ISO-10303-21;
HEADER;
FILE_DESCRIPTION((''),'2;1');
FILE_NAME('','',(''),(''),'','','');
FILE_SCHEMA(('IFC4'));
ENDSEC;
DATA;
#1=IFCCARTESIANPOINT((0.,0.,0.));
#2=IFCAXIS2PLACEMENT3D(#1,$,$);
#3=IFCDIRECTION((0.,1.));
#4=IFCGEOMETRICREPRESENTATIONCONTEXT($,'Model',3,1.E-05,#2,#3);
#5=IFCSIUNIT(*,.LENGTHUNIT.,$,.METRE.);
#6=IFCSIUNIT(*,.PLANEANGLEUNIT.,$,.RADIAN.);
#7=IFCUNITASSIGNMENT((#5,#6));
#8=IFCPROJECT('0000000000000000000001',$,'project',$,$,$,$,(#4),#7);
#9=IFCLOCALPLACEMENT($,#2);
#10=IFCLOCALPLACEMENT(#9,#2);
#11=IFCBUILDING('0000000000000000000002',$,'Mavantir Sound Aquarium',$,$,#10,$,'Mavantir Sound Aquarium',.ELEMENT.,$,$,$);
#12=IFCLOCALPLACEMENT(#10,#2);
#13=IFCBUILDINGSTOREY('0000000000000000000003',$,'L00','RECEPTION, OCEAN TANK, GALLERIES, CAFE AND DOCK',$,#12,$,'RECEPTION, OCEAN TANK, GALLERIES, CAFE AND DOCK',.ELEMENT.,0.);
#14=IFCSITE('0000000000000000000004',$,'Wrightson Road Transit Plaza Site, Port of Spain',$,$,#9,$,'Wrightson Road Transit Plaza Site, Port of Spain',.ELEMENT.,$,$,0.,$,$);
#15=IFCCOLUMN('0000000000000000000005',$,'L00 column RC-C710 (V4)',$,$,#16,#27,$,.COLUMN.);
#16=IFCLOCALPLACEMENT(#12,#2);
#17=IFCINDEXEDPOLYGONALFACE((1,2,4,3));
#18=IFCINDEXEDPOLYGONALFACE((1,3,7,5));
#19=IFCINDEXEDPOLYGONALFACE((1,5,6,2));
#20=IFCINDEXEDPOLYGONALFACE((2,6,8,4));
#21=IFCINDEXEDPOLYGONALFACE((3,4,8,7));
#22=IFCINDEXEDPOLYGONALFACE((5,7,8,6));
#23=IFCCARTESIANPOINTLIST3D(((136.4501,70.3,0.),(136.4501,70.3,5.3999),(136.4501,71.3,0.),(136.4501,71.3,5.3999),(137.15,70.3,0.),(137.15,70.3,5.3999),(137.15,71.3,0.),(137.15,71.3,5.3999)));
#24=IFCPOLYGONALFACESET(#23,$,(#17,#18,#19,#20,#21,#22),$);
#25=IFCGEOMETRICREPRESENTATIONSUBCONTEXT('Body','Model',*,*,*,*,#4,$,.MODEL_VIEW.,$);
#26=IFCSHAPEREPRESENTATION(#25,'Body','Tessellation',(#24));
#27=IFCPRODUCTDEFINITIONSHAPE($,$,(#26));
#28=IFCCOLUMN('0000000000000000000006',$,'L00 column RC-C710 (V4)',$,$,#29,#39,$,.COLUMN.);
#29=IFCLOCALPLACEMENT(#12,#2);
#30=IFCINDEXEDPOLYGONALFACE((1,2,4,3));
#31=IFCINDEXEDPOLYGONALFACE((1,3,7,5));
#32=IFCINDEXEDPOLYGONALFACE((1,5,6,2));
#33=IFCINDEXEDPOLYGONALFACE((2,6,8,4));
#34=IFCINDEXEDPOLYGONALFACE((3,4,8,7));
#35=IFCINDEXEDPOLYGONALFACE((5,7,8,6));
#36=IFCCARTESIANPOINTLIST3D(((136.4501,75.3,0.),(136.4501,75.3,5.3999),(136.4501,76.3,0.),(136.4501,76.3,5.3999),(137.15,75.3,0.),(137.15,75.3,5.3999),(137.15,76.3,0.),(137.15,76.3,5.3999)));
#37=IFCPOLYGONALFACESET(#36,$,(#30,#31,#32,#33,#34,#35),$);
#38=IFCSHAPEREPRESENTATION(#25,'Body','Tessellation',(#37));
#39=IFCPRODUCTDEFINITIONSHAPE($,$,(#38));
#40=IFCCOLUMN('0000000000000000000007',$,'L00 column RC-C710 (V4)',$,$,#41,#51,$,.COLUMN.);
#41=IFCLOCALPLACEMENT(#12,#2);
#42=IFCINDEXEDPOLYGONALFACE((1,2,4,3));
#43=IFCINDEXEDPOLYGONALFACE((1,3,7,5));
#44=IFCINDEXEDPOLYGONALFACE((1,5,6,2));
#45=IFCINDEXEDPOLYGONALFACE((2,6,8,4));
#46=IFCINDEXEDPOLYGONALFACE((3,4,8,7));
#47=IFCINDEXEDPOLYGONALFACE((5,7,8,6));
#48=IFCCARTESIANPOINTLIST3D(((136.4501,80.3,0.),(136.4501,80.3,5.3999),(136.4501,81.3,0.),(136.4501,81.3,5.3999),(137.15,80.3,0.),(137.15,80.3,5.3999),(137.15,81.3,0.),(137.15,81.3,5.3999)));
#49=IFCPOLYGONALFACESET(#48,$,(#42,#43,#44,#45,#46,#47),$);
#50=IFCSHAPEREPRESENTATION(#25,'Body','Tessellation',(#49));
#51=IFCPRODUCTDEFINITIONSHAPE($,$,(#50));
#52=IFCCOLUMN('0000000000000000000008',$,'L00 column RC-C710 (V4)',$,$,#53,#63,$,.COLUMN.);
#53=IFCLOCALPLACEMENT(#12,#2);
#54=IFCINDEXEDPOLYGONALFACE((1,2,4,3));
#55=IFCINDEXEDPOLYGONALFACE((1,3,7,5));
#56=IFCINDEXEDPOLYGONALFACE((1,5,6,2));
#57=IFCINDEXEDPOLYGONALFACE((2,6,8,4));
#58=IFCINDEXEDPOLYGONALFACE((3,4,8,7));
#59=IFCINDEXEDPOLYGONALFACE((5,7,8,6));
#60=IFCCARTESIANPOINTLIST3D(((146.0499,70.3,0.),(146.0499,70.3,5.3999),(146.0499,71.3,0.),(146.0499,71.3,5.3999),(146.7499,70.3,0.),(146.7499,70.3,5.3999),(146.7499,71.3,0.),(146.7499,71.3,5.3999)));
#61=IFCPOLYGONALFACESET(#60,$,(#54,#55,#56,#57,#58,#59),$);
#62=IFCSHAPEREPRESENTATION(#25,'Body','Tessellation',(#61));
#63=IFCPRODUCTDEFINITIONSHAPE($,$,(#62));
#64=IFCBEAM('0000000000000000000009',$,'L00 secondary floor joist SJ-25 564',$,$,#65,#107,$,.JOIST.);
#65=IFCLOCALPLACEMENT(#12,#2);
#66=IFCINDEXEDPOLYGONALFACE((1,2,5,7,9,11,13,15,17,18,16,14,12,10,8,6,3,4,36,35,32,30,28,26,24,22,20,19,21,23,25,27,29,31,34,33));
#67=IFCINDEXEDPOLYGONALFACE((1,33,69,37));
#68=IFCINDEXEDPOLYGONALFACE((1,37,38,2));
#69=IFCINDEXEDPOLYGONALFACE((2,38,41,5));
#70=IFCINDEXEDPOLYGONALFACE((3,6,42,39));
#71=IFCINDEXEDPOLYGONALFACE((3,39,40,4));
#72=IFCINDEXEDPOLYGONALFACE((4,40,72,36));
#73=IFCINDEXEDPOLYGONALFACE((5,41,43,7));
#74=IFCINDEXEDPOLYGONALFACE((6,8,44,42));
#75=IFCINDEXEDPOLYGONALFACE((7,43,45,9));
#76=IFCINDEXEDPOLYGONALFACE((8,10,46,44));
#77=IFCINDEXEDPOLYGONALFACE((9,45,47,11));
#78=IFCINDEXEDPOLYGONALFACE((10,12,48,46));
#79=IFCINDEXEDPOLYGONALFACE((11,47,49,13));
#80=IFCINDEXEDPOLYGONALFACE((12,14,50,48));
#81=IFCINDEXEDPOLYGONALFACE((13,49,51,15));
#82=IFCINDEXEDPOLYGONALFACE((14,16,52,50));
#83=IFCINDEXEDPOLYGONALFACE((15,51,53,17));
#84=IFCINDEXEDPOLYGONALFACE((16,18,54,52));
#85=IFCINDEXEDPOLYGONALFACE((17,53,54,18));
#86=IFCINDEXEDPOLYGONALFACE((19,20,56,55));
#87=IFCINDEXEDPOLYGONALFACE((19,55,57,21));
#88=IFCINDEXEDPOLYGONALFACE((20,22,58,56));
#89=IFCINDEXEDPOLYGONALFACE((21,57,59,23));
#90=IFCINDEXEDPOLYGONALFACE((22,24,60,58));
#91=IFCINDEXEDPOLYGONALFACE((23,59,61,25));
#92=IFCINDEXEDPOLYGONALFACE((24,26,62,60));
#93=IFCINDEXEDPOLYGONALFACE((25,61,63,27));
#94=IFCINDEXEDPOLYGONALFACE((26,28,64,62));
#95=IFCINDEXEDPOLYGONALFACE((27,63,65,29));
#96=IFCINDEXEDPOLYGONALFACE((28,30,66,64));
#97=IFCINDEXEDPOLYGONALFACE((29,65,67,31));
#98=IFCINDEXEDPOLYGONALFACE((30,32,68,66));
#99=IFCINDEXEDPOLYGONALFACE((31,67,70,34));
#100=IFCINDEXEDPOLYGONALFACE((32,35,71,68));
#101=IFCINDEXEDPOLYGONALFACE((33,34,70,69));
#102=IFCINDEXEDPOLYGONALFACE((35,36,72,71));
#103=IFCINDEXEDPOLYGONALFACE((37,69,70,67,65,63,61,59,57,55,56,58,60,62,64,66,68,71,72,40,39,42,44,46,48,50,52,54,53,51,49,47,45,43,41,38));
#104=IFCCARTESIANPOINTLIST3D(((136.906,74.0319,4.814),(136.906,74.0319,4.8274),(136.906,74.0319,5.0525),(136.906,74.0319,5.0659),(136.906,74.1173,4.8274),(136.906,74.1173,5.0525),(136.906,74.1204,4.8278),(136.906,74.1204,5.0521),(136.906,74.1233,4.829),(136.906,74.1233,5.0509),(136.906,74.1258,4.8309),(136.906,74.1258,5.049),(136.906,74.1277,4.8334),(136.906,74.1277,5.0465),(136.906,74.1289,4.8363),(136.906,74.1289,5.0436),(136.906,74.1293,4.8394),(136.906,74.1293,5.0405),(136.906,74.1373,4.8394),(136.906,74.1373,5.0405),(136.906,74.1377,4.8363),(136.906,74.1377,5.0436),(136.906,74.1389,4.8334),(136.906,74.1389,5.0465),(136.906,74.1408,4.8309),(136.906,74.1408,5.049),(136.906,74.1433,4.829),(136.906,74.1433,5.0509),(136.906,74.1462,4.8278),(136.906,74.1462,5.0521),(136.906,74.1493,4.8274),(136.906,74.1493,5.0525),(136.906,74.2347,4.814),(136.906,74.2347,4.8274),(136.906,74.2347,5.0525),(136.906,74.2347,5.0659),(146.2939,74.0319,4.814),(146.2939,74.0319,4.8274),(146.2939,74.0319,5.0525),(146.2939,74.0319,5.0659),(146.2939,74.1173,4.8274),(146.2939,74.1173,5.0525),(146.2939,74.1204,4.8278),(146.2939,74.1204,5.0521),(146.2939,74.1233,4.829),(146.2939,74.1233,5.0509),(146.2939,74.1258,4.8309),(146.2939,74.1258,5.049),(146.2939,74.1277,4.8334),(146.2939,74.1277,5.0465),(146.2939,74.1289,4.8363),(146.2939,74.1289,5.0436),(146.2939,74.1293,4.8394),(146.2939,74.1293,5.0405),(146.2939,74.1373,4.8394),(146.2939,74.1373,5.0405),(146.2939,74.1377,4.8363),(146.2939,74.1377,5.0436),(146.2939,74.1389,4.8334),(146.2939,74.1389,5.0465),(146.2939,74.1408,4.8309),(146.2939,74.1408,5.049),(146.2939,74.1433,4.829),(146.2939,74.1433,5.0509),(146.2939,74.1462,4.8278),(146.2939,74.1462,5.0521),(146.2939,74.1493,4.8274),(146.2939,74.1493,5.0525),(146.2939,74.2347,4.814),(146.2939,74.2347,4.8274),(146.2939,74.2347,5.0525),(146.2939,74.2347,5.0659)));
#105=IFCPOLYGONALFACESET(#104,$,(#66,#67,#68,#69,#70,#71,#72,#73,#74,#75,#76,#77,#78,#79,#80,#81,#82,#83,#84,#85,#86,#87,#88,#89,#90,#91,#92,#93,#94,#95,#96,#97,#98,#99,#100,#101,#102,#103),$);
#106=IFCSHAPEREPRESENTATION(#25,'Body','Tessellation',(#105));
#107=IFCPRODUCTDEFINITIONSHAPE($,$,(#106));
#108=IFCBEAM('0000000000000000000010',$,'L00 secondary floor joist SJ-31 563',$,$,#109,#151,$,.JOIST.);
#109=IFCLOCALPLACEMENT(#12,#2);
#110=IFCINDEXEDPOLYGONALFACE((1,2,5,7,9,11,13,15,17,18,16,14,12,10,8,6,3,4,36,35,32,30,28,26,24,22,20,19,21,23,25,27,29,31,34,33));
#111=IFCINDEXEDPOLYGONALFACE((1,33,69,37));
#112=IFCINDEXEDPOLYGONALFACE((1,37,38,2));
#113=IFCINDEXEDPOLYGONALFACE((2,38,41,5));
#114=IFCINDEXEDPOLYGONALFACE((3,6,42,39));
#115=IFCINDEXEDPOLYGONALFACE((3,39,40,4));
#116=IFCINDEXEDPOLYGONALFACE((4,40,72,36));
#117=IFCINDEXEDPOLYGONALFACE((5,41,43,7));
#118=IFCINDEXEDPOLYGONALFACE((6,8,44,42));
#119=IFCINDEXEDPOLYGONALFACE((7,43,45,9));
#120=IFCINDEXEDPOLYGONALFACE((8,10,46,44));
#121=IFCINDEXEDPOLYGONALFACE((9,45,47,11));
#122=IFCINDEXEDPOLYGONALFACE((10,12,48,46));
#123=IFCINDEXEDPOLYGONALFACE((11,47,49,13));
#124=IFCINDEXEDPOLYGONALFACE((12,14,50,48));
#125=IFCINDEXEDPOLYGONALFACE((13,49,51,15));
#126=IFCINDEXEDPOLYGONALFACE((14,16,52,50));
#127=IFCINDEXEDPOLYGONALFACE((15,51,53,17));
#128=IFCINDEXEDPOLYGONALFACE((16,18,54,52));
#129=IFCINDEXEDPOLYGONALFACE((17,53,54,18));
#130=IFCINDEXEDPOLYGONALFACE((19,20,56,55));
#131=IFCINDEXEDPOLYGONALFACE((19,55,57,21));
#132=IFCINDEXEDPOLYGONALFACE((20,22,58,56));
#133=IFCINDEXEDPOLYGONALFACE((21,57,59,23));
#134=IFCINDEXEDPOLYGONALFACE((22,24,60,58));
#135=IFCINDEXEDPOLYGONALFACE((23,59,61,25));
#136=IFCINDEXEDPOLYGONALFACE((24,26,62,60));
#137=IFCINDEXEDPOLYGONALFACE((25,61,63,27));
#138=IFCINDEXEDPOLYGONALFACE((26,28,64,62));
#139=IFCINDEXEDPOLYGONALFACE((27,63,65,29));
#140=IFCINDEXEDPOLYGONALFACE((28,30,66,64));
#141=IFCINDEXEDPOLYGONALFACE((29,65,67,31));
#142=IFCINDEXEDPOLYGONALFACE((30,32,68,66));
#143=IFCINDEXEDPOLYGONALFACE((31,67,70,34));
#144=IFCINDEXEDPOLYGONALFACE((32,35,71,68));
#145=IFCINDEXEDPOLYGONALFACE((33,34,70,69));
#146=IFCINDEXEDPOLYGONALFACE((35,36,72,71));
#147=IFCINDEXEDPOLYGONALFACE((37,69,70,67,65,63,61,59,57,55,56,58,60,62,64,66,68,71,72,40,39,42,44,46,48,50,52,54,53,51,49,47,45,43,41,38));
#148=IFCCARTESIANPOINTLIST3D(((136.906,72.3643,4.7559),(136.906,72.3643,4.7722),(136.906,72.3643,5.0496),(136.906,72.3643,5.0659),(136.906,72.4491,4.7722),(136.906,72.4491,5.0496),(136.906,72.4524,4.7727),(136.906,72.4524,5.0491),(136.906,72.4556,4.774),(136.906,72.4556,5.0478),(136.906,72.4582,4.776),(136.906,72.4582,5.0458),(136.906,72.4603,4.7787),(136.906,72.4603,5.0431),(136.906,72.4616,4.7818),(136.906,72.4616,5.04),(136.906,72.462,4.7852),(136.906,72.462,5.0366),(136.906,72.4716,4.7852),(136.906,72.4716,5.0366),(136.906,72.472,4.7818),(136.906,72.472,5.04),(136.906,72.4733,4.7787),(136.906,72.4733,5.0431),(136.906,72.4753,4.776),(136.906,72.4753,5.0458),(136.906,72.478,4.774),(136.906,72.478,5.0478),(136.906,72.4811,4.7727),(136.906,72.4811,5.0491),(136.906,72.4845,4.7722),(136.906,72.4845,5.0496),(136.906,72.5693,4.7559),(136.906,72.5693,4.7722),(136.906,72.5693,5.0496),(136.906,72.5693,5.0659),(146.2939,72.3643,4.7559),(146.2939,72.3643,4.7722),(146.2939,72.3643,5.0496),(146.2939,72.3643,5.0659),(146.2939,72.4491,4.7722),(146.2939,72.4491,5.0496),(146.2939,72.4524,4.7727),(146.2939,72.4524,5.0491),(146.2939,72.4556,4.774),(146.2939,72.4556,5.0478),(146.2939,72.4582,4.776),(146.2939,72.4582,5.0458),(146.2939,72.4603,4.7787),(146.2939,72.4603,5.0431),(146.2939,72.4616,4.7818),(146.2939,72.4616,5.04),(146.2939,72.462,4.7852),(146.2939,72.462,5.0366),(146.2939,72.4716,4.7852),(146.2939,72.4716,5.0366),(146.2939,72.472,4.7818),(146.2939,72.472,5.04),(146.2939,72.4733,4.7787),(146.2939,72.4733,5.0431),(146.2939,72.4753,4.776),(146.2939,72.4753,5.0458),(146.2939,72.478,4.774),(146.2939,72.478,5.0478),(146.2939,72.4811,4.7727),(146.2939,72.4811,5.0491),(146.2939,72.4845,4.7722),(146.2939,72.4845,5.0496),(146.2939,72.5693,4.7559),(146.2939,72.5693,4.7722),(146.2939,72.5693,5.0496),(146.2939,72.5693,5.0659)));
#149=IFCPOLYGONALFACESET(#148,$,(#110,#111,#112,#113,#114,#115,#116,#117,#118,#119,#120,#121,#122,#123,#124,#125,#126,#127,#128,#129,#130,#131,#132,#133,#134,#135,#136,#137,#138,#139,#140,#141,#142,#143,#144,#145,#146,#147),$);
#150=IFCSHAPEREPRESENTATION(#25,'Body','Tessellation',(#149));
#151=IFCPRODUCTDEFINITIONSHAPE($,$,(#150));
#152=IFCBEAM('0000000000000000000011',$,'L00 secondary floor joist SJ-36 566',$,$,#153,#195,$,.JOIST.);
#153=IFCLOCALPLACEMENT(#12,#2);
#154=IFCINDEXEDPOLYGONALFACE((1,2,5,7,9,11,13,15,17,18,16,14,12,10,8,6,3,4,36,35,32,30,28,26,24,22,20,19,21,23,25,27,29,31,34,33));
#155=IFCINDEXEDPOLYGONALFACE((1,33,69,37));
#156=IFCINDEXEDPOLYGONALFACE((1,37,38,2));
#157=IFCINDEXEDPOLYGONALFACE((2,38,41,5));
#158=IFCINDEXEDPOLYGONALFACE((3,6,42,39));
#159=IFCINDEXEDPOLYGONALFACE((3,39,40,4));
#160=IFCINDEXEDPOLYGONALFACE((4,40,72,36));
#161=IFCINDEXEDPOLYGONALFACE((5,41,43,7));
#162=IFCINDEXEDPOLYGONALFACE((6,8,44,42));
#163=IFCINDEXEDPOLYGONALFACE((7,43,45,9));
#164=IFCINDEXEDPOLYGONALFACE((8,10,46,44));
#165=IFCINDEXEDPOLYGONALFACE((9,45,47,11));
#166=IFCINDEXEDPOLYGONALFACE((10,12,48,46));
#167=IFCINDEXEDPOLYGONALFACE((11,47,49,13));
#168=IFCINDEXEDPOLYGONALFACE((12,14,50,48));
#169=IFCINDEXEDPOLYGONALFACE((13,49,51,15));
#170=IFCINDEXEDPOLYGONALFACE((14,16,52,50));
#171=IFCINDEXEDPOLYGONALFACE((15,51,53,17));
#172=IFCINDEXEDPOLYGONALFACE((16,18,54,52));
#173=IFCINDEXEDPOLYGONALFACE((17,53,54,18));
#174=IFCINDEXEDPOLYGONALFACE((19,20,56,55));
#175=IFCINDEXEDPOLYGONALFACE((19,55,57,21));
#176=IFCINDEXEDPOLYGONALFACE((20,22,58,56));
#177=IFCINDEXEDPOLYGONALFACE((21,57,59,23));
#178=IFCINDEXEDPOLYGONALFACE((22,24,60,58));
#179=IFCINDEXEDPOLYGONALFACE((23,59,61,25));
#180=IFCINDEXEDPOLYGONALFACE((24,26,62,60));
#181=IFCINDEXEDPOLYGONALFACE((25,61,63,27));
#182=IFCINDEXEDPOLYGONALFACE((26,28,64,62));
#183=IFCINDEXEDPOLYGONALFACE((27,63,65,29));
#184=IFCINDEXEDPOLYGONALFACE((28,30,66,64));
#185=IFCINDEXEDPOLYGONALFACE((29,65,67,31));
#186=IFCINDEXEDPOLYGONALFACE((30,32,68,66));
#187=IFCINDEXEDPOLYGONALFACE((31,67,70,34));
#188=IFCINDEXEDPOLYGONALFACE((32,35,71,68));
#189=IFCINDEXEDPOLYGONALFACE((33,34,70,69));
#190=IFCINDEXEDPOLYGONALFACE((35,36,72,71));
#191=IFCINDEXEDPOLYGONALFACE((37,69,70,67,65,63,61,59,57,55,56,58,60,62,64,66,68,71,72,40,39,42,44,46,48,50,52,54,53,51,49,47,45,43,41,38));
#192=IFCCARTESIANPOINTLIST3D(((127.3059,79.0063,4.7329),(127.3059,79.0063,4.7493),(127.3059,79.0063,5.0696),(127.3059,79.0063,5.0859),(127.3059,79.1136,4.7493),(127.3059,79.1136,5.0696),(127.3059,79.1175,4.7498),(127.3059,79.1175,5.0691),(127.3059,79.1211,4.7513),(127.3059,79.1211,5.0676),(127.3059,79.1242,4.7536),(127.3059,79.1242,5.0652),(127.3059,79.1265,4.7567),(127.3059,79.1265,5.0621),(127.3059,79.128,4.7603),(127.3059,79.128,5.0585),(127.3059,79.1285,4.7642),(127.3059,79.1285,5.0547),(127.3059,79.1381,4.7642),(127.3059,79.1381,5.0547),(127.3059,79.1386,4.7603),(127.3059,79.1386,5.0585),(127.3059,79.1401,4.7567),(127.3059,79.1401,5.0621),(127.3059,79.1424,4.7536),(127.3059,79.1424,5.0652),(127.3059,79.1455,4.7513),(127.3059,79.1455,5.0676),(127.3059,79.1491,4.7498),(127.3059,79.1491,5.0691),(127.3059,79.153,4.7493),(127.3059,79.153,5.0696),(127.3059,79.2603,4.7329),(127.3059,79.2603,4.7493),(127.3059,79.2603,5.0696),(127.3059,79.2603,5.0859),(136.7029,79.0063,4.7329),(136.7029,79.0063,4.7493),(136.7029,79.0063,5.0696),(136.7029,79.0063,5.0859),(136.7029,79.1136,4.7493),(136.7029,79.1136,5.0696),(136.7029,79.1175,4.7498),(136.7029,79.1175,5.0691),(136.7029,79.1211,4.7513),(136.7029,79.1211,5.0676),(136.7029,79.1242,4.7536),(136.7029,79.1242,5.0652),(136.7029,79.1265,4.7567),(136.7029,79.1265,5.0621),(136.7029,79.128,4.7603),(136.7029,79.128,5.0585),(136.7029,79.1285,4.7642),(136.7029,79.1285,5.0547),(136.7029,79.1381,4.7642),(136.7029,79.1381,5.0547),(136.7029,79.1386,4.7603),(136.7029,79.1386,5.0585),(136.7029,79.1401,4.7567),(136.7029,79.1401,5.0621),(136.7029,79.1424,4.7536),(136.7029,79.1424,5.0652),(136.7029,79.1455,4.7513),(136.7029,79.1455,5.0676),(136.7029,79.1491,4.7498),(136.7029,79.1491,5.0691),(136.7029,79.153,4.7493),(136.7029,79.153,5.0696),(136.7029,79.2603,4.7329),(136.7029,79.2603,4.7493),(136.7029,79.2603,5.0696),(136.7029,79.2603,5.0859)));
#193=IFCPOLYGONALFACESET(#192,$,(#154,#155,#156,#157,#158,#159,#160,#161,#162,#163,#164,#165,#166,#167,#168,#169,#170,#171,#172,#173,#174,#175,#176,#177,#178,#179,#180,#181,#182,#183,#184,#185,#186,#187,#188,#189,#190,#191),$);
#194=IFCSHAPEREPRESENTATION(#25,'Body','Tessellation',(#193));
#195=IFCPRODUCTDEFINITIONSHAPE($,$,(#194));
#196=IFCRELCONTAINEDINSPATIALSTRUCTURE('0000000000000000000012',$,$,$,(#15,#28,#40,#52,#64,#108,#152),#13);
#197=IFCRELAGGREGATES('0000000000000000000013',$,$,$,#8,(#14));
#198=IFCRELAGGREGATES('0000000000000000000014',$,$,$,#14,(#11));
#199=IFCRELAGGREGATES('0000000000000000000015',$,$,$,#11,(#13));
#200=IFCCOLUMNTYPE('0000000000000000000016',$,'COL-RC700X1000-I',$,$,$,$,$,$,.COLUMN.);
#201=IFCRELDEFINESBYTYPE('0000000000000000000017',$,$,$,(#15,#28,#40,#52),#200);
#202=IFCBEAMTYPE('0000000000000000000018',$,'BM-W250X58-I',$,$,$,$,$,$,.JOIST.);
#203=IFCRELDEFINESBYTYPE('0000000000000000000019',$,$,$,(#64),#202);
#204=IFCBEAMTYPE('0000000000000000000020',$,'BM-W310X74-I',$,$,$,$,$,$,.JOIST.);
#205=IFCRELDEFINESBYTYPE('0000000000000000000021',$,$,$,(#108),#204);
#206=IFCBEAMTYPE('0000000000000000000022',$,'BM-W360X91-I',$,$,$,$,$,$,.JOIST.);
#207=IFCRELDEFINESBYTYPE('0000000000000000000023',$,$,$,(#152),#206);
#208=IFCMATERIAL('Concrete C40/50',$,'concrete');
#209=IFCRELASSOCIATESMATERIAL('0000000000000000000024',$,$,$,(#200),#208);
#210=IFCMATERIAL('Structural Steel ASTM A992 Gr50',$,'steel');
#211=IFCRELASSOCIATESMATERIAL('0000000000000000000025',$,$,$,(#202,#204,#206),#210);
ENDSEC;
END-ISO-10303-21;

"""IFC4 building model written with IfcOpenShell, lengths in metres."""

from ifc_helpers import new_model, si_unit, direction, frame, origin, origin_2d, place, context, subcontext, project, spatial, rectangle, i_section, extrude, material, material_profile, profile_set, type_object, element, save


model = new_model("IFC4")

# Units and contexts
model_context = context("Model", 3, precision=1e-05, world=origin(), true_north=direction((0.0, 1.0)))
body_context = subcontext(model_context, "Body", "Model", "MODEL_VIEW")
ifc_project = project(units=[si_unit("LENGTHUNIT", "METRE"), si_unit("PLANEANGLEUNIT", "RADIAN")], contexts=[model_context])

# Site, building, storey
site_placement = place(None, origin())
site = spatial("IfcSite", under=ifc_project, at=site_placement, Name="Wrightson Road Transit Plaza Site, Port of Spain", LongName="Wrightson Road Transit Plaza Site, Port of Spain", CompositionType="ELEMENT", RefElevation=0.0)
building_placement = place(site_placement, origin())
building = spatial("IfcBuilding", under=site, at=building_placement, Name="Mavantir Sound Aquarium", LongName="Mavantir Sound Aquarium", CompositionType="ELEMENT")
storey_placement = place(building_placement, origin())
storey = spatial("IfcBuildingStorey", under=building, at=storey_placement, Name="L00", Description="RECEPTION, OCEAN TANK, GALLERIES, CAFE AND DOCK", LongName="RECEPTION, OCEAN TANK, GALLERIES, CAFE AND DOCK", CompositionType="ELEMENT", Elevation=0.0)

# Columns
ifc_material_1 = material(Name="Concrete C40/50", Category="concrete")
ifc_material_profile_1 = material_profile(ifc_material_1, rectangle(XDim=0.7, YDim=1.0, at=origin_2d()), Name="RC 700X1000")
ifc_profile_set_1 = profile_set([ifc_material_profile_1], Name="Concrete C40/50")
column_type = type_object("IfcColumnType", Name="COL-RC700X1000-I", PredefinedType="COLUMN", material=ifc_profile_set_1)
for number, where, z_axis, x_axis, name in (
    (1, (136.8, 70.8, 0.0), (0.0, 0.0, 1.0), (1.0, 0.0, 0.0), "L00 column RC-C710 (V4)"),
    (2, (136.8, 75.8, 0.0), (0.0, 0.0, 1.0), (1.0, 0.0, 0.0), "L00 column RC-C710 (V4)"),
    (3, (136.8, 80.8, 0.0), (0.0, 0.0, 1.0), (1.0, 0.0, 0.0), "L00 column RC-C710 (V4)"),
    (4, (146.3999, 70.8, 0.0), (0.0, 0.0, 1.0), (1.0, 0.0, 0.0), "L00 column RC-C710 (V4)"),
):
    element("IfcColumn", number, at=place(storey_placement, frame(where, z_axis=z_axis, x_axis=x_axis)), inside=storey, type_object=column_type, Name=name, PredefinedType="COLUMN", context=body_context, shape_type="SweptSolid", body=[
        extrude(rectangle(XDim=0.7, YDim=1.0, at=origin_2d()), origin(), (0.0, 0.0, 1.0), 5.3999),
    ])

# Beams
ifc_material_2 = material(Name="Structural Steel ASTM A992 Gr50", Category="steel")
ifc_material_profile_2 = material_profile(ifc_material_2, i_section(OverallWidth=0.2029, OverallDepth=0.252, WebThickness=0.0081, FlangeThickness=0.0134, FilletRadius=0.012, at=origin_2d()), Name="W250X58")
ifc_profile_set_2 = profile_set([ifc_material_profile_2], Name="Structural Steel ASTM A992 Gr50")
beam_type_1 = type_object("IfcBeamType", Name="BM-W250X58-I", PredefinedType="JOIST", material=ifc_profile_set_2)
beam_1_placement = place(storey_placement, frame((136.906, 74.1333, 4.9399), z_axis=(1.0, 0.0, 0.0), x_axis=(0.0, 1.0, 0.0)))
element("IfcBeam", 5, at=beam_1_placement, inside=storey, type_object=beam_type_1, Name="L00 secondary floor joist SJ-25 564", PredefinedType="JOIST", context=body_context, shape_type="SweptSolid", body=[
    extrude(i_section(OverallWidth=0.2029, OverallDepth=0.252, WebThickness=0.0081, FlangeThickness=0.0134, FilletRadius=0.012, at=origin_2d()), origin(), (0.0, 0.0, 1.0), 9.3879),
])
ifc_material_profile_3 = material_profile(ifc_material_2, i_section(OverallWidth=0.2051, OverallDepth=0.3101, WebThickness=0.0095, FlangeThickness=0.0164, FilletRadius=0.0129, at=origin_2d()), Name="W310X74")
ifc_profile_set_3 = profile_set([ifc_material_profile_3], Name="Structural Steel ASTM A992 Gr50")
beam_type_2 = type_object("IfcBeamType", Name="BM-W310X74-I", PredefinedType="JOIST", material=ifc_profile_set_3)
beam_2_placement = place(storey_placement, frame((136.906, 72.4668, 4.9109), z_axis=(1.0, 0.0, 0.0), x_axis=(0.0, 1.0, 0.0)))
element("IfcBeam", 6, at=beam_2_placement, inside=storey, type_object=beam_type_2, Name="L00 secondary floor joist SJ-31 563", PredefinedType="JOIST", context=body_context, shape_type="SweptSolid", body=[
    extrude(i_section(OverallWidth=0.2051, OverallDepth=0.3101, WebThickness=0.0095, FlangeThickness=0.0164, FilletRadius=0.0129, at=origin_2d()), origin(), (0.0, 0.0, 1.0), 9.3879),
])
ifc_material_profile_4 = material_profile(ifc_material_2, i_section(OverallWidth=0.2539, OverallDepth=0.353, WebThickness=0.0095, FlangeThickness=0.0164, FilletRadius=0.0149, at=origin_2d()), Name="W360X91")
ifc_profile_set_4 = profile_set([ifc_material_profile_4], Name="Structural Steel ASTM A992 Gr50")
beam_type_3 = type_object("IfcBeamType", Name="BM-W360X91-I", PredefinedType="JOIST", material=ifc_profile_set_4)
beam_3_placement = place(storey_placement, frame((127.3059, 79.1333, 4.9094), z_axis=(1.0, 0.0, 0.0), x_axis=(0.0, 1.0, 0.0)))
element("IfcBeam", 7, at=beam_3_placement, inside=storey, type_object=beam_type_3, Name="L00 secondary floor joist SJ-36 566", PredefinedType="JOIST", context=body_context, shape_type="SweptSolid", body=[
    extrude(i_section(OverallWidth=0.2539, OverallDepth=0.353, WebThickness=0.0095, FlangeThickness=0.0164, FilletRadius=0.0149, at=origin_2d()), origin(), (0.0, 0.0, 1.0), 9.397),
])

save(model, "model.ifc")
